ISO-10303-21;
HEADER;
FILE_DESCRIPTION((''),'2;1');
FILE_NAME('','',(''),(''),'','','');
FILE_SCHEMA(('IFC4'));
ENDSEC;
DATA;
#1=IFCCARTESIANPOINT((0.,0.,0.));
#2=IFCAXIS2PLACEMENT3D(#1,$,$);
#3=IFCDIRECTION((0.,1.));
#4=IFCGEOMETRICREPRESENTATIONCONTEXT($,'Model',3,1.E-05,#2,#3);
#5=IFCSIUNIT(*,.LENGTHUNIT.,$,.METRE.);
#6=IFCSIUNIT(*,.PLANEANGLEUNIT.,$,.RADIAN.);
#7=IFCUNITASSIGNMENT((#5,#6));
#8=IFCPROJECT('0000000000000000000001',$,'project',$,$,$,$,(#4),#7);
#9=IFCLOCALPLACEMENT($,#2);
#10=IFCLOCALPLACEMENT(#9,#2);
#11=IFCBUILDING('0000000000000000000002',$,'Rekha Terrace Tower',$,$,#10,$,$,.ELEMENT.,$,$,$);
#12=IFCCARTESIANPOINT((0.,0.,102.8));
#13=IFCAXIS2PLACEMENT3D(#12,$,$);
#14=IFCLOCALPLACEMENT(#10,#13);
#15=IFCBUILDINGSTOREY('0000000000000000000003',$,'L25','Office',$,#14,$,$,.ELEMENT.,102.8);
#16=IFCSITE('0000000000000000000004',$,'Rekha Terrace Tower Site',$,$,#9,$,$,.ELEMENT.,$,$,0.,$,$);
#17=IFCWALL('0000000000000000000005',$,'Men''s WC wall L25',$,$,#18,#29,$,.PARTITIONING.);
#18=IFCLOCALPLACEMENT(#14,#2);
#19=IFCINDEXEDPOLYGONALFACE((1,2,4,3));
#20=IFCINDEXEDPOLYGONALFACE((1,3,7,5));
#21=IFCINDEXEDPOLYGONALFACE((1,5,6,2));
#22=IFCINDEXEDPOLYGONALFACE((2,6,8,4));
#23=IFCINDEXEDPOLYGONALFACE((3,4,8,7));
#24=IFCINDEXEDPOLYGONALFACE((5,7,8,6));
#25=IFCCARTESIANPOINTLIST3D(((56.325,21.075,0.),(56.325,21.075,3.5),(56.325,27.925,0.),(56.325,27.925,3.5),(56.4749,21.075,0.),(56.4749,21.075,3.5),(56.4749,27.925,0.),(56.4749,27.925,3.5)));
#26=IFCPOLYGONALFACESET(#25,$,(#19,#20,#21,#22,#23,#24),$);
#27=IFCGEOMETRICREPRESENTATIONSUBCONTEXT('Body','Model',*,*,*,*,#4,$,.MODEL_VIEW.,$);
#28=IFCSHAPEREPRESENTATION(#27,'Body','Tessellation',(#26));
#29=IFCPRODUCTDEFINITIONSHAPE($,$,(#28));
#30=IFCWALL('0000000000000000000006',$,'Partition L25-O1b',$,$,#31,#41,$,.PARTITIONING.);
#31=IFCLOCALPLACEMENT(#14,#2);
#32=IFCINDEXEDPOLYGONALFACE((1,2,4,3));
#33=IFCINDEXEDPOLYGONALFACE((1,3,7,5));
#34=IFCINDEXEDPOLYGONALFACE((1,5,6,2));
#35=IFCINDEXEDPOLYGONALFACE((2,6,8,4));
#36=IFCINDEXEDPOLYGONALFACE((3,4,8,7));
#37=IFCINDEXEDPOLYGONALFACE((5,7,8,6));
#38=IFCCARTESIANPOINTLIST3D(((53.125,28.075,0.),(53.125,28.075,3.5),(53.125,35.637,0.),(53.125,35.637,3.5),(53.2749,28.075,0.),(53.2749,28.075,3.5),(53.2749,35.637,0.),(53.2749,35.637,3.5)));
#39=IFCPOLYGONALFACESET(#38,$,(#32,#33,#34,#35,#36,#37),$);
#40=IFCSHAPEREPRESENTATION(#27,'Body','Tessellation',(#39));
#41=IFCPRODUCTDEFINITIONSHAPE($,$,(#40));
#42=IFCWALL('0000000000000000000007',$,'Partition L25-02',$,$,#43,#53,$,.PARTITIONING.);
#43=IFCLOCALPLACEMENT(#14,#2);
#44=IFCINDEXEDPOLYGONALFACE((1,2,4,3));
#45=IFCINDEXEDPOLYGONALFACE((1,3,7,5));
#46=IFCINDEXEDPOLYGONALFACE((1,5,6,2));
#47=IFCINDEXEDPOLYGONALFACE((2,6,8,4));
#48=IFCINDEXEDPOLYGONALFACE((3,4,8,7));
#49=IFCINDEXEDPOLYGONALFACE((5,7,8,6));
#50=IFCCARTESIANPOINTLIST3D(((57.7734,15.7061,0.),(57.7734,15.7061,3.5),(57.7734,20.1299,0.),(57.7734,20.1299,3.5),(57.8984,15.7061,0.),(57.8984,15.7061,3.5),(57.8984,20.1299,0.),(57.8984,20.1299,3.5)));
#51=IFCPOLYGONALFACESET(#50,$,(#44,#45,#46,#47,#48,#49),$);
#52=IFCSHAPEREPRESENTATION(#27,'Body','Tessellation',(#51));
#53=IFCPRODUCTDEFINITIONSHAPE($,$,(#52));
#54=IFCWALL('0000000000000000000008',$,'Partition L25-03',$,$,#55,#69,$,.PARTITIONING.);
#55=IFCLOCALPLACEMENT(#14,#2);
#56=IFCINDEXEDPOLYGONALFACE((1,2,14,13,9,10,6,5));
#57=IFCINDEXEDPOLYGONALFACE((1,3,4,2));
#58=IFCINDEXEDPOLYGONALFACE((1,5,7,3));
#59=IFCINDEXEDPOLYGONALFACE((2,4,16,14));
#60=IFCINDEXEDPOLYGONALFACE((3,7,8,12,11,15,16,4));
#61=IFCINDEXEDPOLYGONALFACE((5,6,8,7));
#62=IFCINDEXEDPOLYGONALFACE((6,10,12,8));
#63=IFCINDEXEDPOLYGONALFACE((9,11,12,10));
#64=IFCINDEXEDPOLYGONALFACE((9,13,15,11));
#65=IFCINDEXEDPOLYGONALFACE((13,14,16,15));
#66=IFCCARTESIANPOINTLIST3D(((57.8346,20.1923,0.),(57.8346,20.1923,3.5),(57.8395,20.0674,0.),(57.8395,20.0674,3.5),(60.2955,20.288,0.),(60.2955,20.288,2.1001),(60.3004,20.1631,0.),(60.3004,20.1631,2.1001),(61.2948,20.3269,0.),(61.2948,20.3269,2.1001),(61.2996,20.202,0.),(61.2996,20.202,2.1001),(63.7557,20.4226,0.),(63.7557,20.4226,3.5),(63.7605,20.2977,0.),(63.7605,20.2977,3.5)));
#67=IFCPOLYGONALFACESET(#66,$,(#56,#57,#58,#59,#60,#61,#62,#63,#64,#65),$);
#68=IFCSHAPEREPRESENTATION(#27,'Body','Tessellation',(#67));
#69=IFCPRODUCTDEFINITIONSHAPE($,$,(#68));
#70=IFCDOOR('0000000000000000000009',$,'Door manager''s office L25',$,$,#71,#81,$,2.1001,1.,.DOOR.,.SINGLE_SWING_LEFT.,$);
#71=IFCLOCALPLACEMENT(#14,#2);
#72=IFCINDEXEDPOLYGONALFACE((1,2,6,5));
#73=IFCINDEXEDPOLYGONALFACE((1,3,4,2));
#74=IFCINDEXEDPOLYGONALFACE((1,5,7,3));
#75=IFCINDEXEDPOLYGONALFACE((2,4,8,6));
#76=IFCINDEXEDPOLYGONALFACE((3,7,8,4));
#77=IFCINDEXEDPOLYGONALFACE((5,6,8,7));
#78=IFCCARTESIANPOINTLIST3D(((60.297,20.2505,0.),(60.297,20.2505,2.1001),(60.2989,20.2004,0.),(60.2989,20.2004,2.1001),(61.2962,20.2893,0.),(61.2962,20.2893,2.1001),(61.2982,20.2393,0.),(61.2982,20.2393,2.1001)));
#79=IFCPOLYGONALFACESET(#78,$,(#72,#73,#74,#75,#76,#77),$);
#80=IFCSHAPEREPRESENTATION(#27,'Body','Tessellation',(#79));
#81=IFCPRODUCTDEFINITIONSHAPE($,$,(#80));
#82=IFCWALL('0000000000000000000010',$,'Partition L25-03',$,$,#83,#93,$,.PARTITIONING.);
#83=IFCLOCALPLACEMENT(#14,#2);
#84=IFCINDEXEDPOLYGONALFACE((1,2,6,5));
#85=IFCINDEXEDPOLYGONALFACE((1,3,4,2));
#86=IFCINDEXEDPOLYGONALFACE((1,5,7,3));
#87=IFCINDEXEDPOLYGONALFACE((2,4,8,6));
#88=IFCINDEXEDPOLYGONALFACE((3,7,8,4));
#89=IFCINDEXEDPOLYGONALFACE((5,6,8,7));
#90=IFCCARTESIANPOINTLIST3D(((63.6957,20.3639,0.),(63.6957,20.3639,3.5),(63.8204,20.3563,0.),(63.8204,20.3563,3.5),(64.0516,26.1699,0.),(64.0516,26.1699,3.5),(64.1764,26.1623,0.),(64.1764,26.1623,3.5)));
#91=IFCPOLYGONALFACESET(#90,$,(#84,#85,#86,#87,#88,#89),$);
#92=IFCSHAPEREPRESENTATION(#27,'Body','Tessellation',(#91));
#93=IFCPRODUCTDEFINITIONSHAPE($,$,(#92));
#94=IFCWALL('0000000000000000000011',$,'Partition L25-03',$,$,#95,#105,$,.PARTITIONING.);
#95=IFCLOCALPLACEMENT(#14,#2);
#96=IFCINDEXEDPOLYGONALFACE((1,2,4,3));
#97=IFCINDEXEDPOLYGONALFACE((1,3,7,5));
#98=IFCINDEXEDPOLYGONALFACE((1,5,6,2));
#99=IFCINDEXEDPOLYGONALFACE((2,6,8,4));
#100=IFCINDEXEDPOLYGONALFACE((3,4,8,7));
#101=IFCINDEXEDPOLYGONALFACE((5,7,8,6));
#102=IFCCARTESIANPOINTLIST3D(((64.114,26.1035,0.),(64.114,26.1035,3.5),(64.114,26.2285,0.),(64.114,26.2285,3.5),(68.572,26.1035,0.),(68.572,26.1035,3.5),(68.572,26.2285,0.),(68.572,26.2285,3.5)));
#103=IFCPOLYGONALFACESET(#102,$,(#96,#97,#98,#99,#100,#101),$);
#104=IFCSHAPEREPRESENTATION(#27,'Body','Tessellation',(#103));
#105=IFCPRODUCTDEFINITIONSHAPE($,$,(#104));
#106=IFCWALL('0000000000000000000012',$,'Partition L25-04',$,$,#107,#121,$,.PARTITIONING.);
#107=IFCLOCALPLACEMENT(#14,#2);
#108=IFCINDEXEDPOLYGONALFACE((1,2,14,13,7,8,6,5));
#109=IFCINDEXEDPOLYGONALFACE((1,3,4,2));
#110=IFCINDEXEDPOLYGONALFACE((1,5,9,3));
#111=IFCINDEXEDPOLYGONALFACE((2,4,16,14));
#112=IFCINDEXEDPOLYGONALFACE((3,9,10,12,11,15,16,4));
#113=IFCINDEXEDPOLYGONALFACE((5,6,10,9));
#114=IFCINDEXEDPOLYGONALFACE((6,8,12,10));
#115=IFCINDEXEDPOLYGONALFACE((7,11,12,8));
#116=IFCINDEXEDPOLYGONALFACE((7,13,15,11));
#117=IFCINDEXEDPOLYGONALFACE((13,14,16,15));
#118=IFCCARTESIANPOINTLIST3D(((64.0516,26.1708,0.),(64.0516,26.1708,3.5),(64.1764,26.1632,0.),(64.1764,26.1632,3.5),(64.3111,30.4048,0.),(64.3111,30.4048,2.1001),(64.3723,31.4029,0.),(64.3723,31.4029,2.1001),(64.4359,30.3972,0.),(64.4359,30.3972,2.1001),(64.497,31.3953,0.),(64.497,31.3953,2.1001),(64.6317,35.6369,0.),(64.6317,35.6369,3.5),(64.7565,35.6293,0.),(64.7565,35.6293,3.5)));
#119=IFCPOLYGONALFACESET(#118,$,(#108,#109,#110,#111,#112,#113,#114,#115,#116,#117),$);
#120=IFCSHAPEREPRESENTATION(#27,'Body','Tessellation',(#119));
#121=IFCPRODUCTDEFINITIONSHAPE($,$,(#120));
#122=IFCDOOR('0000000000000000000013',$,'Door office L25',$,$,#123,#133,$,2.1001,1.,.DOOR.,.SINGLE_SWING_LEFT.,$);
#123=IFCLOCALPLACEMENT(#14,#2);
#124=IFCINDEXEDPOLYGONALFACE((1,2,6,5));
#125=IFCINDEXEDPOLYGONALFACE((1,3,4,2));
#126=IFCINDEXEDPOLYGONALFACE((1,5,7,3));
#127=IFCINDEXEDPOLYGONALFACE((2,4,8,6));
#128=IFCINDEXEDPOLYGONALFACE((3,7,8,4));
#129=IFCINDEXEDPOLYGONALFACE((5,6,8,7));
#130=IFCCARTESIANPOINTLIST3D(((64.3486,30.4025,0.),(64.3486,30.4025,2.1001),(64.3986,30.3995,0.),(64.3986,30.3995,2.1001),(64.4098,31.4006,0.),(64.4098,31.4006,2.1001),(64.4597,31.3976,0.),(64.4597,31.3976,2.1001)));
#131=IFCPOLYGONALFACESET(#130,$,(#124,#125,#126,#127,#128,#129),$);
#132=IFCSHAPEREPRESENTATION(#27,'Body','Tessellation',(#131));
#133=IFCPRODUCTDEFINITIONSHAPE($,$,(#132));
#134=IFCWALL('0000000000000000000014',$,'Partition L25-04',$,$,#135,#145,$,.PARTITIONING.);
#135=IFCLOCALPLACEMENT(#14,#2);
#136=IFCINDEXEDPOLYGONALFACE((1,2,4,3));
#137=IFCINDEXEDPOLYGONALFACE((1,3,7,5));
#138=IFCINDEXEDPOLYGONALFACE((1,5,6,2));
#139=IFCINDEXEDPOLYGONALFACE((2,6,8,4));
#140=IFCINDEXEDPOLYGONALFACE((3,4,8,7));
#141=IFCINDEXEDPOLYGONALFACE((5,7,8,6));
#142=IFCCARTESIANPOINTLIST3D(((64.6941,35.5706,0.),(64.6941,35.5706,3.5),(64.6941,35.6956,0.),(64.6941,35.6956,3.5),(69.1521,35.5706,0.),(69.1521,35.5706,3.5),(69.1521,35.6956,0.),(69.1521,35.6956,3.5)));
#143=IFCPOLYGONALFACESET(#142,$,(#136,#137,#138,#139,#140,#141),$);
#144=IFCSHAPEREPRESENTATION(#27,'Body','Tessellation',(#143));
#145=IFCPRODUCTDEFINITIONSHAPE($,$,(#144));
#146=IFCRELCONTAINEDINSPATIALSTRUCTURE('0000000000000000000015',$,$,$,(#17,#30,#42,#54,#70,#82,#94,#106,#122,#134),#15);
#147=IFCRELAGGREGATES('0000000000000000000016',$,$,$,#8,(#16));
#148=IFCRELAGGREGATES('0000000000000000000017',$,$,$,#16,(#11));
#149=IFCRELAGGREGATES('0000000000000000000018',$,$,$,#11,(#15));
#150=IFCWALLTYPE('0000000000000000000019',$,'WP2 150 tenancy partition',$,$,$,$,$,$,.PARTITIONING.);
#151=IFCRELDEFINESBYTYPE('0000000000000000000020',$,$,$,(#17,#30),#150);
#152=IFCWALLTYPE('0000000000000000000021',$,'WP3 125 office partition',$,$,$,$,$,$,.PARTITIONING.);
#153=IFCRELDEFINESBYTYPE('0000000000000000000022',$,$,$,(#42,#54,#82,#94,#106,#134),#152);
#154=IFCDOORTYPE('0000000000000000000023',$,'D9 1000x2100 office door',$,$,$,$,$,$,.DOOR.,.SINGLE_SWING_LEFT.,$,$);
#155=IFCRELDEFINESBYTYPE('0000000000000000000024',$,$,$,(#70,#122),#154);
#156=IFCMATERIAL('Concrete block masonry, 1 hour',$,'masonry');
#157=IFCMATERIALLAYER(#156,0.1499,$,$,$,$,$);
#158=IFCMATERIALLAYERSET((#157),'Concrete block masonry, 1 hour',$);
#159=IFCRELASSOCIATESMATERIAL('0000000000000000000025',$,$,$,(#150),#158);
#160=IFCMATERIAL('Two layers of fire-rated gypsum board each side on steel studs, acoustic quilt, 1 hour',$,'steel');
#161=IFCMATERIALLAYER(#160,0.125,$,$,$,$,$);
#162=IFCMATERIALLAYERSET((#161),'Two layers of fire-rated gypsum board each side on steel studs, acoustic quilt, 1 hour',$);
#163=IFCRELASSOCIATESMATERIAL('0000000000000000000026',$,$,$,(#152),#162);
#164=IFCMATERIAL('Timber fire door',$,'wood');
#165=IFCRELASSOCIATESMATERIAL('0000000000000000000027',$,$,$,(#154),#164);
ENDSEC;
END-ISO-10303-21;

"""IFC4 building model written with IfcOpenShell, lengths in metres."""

from ifc_helpers import new_model, si_unit, direction, frame, frame_2d, origin, place, context, subcontext, project, spatial, rectangle, extrude, material, layer, layer_set, type_object, element, fill, save


model = new_model("IFC4")

# Units and contexts
model_context = context("Model", 3, precision=1e-05, world=origin(), true_north=direction((0.0, 1.0)))
body_context = subcontext(model_context, "Body", "Model", "MODEL_VIEW")
ifc_project = project(units=[si_unit("LENGTHUNIT", "METRE"), si_unit("PLANEANGLEUNIT", "RADIAN")], contexts=[model_context])

# Site, building, storey
site_placement = place(None, origin())
site = spatial("IfcSite", under=ifc_project, at=site_placement, Name="Rekha Terrace Tower Site", CompositionType="ELEMENT", RefElevation=0.0)
building_placement = place(site_placement, origin())
building = spatial("IfcBuilding", under=site, at=building_placement, Name="Rekha Terrace Tower", CompositionType="ELEMENT")
storey_placement = place(building_placement, frame((0.0, 0.0, 102.8)))
storey = spatial("IfcBuildingStorey", under=building, at=storey_placement, Name="L25", Description="Office", CompositionType="ELEMENT", Elevation=102.8)

# Shared definitions
ifc_material_1 = material(Name="Concrete block masonry, 1 hour", Category="masonry")
ifc_layer_1 = layer(ifc_material_1, 0.1499)
ifc_layer_set_1 = layer_set([ifc_layer_1], Name="Concrete block masonry, 1 hour")
wall_type_1 = type_object("IfcWallType", Name="WP2 150 tenancy partition", PredefinedType="PARTITIONING", material=ifc_layer_set_1)

# Walls
wall_1_placement = place(storey_placement, frame((56.3999, 21.075, 0.0), z_axis=(0.0, 0.0, 1.0), x_axis=(0.0, 1.0, 0.0)))
element("IfcWall", 1, at=wall_1_placement, inside=storey, type_object=wall_type_1, Name="Men's WC wall L25", PredefinedType="PARTITIONING", context=body_context, shape_type="SweptSolid", body=[
    extrude(rectangle(XDim=6.8501, YDim=0.1499, at=frame_2d((3.425, 0.0))), origin(), (0.0, 0.0, 1.0), 3.5),
])
wall_2_placement = place(storey_placement, frame((53.2, 28.075, 0.0), z_axis=(0.0, 0.0, 1.0), x_axis=(0.0, 1.0, 0.0)))
element("IfcWall", 2, at=wall_2_placement, inside=storey, type_object=wall_type_1, Name="Partition L25-O1b", PredefinedType="PARTITIONING", context=body_context, shape_type="SweptSolid", body=[
    extrude(rectangle(XDim=7.562, YDim=0.1499, at=frame_2d((3.781, 0.0))), origin(), (0.0, 0.0, 1.0), 3.5),
])
ifc_material_2 = material(Name="Two layers of fire-rated gypsum board each side on steel studs, acoustic quilt, 1 hour", Category="steel")
ifc_layer_2 = layer(ifc_material_2, 0.125)
ifc_layer_set_2 = layer_set([ifc_layer_2], Name="Two layers of fire-rated gypsum board each side on steel studs, acoustic quilt, 1 hour")
wall_type_2 = type_object("IfcWallType", Name="WP3 125 office partition", PredefinedType="PARTITIONING", material=ifc_layer_set_2)
wall_3_placement = place(storey_placement, frame((57.8359, 20.1299, 0.0), z_axis=(0.0, 0.0, 1.0), x_axis=(0.0, -1.0, 0.0)))
element("IfcWall", 3, at=wall_3_placement, inside=storey, type_object=wall_type_2, Name="Partition L25-02", PredefinedType="PARTITIONING", context=body_context, shape_type="SweptSolid", body=[
    extrude(rectangle(XDim=4.4238, YDim=0.125, at=frame_2d((2.2119, 0.0))), origin(), (0.0, 0.0, 1.0), 3.5),
])

# Wall, opening, door
wall_4_placement = place(storey_placement, frame((57.8369, 20.1299, 0.0), z_axis=(0.0, 0.0, 1.0), x_axis=(0.999245, 0.038852, 0.0)))
wall_4 = element("IfcWall", 4, at=wall_4_placement, inside=storey, type_object=wall_type_2, Name="Partition L25-03", PredefinedType="PARTITIONING", context=body_context, shape_type="SweptSolid", body=[
    extrude(rectangle(XDim=5.9255, YDim=0.125, at=frame_2d((2.9629, 0.0))), origin(), (0.0, 0.0, 1.0), 3.5),
])
opening_1_placement = place(wall_4_placement, frame((2.4629, 0.0, 0.0)))
opening_1 = element("IfcOpeningElement", 5, at=opening_1_placement, cuts=wall_4, PredefinedType="OPENING", context=body_context, shape_type="SweptSolid", body=[
    extrude(rectangle(XDim=1.0, YDim=2.1001, at=frame_2d((0.5, 1.05))), frame((0.0, 0.0725, 0.0), z_axis=(0.0, -1.0, 0.0), x_axis=(1.0, 0.0, 0.0)), (0.0, 0.0, 1.0), 0.145),
])
ifc_material_3 = material(Name="Timber fire door", Category="wood")
door_type_1 = type_object("IfcDoorType", Name="D9 1000x2100 office door", OperationType="SINGLE_SWING_LEFT", PredefinedType="DOOR", material=ifc_material_3)
door_1_placement = place(opening_1_placement, origin())
door_1 = element("IfcDoor", 6, at=door_1_placement, inside=storey, type_object=door_type_1, Name="Door manager's office L25", OperationType="SINGLE_SWING_LEFT", OverallHeight=2.1001, OverallWidth=1.0, PredefinedType="DOOR", context=body_context, shape_type="SweptSolid", body=[
    extrude(rectangle(XDim=1.0, YDim=2.1001, at=frame_2d((0.5, 1.05))), frame((0.0, 0.0249, 0.0), z_axis=(0.0, -1.0, 0.0), x_axis=(1.0, 0.0, 0.0)), (0.0, 0.0, 1.0), 0.05),
])
fill(opening_1, door_1)

# Walls
wall_5_placement = place(storey_placement, frame((63.7581, 20.3601, 0.0), z_axis=(0.0, 0.0, 1.0), x_axis=(0.061195, 0.998126, 0.0)))
element("IfcWall", 7, at=wall_5_placement, inside=storey, type_object=wall_type_2, Name="Partition L25-03", PredefinedType="PARTITIONING", context=body_context, shape_type="SweptSolid", body=[
    extrude(rectangle(XDim=5.8169, YDim=0.125, at=frame_2d((2.9084, 0.0))), origin(), (0.0, 0.0, 1.0), 3.5),
])
wall_6_placement = place(storey_placement, frame((64.114, 26.166, 0.0), z_axis=(0.0, 0.0, 1.0), x_axis=(1.0, 0.0, 0.0)))
element("IfcWall", 8, at=wall_6_placement, inside=storey, type_object=wall_type_2, Name="Partition L25-03", PredefinedType="PARTITIONING", context=body_context, shape_type="SweptSolid", body=[
    extrude(rectangle(XDim=4.458, YDim=0.125, at=frame_2d((2.229, 0.0))), origin(), (0.0, 0.0, 1.0), 3.5),
])

# Wall, opening, door
wall_7_placement = place(storey_placement, frame((64.114, 26.167, 0.0), z_axis=(0.0, 0.0, 1.0), x_axis=(0.061165, 0.998128, 0.0)))
wall_7 = element("IfcWall", 9, at=wall_7_placement, inside=storey, type_object=wall_type_2, Name="Partition L25-04", PredefinedType="PARTITIONING", context=body_context, shape_type="SweptSolid", body=[
    extrude(rectangle(XDim=9.4839, YDim=0.125, at=frame_2d((4.7419, 0.0))), origin(), (0.0, 0.0, 1.0), 3.5),
])
opening_2_placement = place(wall_7_placement, frame((4.2419, 0.0, 0.0)))
opening_2 = element("IfcOpeningElement", 10, at=opening_2_placement, cuts=wall_7, PredefinedType="OPENING", context=body_context, shape_type="SweptSolid", body=[
    extrude(rectangle(XDim=1.0, YDim=2.1001, at=frame_2d((0.5, 1.05))), frame((0.0, 0.0725, 0.0), z_axis=(0.0, -1.0, 0.0), x_axis=(1.0, 0.0, 0.0)), (0.0, 0.0, 1.0), 0.145),
])
door_2_placement = place(opening_2_placement, origin())
door_2 = element("IfcDoor", 11, at=door_2_placement, inside=storey, type_object=door_type_1, Name="Door office L25", OperationType="SINGLE_SWING_LEFT", OverallHeight=2.1001, OverallWidth=1.0, PredefinedType="DOOR", context=body_context, shape_type="SweptSolid", body=[
    extrude(rectangle(XDim=1.0, YDim=2.1001, at=frame_2d((0.5, 1.05))), frame((0.0, 0.0249, 0.0), z_axis=(0.0, -1.0, 0.0), x_axis=(1.0, 0.0, 0.0)), (0.0, 0.0, 1.0), 0.05),
])
fill(opening_2, door_2)

# Wall
wall_8_placement = place(storey_placement, frame((64.6941, 35.6331, 0.0), z_axis=(0.0, 0.0, 1.0), x_axis=(1.0, 0.0, 0.0)))
element("IfcWall", 12, at=wall_8_placement, inside=storey, type_object=wall_type_2, Name="Partition L25-04", PredefinedType="PARTITIONING", context=body_context, shape_type="SweptSolid", body=[
    extrude(rectangle(XDim=4.458, YDim=0.125, at=frame_2d((2.229, 0.0))), origin(), (0.0, 0.0, 1.0), 3.5),
])

save(model, "model.ifc")
